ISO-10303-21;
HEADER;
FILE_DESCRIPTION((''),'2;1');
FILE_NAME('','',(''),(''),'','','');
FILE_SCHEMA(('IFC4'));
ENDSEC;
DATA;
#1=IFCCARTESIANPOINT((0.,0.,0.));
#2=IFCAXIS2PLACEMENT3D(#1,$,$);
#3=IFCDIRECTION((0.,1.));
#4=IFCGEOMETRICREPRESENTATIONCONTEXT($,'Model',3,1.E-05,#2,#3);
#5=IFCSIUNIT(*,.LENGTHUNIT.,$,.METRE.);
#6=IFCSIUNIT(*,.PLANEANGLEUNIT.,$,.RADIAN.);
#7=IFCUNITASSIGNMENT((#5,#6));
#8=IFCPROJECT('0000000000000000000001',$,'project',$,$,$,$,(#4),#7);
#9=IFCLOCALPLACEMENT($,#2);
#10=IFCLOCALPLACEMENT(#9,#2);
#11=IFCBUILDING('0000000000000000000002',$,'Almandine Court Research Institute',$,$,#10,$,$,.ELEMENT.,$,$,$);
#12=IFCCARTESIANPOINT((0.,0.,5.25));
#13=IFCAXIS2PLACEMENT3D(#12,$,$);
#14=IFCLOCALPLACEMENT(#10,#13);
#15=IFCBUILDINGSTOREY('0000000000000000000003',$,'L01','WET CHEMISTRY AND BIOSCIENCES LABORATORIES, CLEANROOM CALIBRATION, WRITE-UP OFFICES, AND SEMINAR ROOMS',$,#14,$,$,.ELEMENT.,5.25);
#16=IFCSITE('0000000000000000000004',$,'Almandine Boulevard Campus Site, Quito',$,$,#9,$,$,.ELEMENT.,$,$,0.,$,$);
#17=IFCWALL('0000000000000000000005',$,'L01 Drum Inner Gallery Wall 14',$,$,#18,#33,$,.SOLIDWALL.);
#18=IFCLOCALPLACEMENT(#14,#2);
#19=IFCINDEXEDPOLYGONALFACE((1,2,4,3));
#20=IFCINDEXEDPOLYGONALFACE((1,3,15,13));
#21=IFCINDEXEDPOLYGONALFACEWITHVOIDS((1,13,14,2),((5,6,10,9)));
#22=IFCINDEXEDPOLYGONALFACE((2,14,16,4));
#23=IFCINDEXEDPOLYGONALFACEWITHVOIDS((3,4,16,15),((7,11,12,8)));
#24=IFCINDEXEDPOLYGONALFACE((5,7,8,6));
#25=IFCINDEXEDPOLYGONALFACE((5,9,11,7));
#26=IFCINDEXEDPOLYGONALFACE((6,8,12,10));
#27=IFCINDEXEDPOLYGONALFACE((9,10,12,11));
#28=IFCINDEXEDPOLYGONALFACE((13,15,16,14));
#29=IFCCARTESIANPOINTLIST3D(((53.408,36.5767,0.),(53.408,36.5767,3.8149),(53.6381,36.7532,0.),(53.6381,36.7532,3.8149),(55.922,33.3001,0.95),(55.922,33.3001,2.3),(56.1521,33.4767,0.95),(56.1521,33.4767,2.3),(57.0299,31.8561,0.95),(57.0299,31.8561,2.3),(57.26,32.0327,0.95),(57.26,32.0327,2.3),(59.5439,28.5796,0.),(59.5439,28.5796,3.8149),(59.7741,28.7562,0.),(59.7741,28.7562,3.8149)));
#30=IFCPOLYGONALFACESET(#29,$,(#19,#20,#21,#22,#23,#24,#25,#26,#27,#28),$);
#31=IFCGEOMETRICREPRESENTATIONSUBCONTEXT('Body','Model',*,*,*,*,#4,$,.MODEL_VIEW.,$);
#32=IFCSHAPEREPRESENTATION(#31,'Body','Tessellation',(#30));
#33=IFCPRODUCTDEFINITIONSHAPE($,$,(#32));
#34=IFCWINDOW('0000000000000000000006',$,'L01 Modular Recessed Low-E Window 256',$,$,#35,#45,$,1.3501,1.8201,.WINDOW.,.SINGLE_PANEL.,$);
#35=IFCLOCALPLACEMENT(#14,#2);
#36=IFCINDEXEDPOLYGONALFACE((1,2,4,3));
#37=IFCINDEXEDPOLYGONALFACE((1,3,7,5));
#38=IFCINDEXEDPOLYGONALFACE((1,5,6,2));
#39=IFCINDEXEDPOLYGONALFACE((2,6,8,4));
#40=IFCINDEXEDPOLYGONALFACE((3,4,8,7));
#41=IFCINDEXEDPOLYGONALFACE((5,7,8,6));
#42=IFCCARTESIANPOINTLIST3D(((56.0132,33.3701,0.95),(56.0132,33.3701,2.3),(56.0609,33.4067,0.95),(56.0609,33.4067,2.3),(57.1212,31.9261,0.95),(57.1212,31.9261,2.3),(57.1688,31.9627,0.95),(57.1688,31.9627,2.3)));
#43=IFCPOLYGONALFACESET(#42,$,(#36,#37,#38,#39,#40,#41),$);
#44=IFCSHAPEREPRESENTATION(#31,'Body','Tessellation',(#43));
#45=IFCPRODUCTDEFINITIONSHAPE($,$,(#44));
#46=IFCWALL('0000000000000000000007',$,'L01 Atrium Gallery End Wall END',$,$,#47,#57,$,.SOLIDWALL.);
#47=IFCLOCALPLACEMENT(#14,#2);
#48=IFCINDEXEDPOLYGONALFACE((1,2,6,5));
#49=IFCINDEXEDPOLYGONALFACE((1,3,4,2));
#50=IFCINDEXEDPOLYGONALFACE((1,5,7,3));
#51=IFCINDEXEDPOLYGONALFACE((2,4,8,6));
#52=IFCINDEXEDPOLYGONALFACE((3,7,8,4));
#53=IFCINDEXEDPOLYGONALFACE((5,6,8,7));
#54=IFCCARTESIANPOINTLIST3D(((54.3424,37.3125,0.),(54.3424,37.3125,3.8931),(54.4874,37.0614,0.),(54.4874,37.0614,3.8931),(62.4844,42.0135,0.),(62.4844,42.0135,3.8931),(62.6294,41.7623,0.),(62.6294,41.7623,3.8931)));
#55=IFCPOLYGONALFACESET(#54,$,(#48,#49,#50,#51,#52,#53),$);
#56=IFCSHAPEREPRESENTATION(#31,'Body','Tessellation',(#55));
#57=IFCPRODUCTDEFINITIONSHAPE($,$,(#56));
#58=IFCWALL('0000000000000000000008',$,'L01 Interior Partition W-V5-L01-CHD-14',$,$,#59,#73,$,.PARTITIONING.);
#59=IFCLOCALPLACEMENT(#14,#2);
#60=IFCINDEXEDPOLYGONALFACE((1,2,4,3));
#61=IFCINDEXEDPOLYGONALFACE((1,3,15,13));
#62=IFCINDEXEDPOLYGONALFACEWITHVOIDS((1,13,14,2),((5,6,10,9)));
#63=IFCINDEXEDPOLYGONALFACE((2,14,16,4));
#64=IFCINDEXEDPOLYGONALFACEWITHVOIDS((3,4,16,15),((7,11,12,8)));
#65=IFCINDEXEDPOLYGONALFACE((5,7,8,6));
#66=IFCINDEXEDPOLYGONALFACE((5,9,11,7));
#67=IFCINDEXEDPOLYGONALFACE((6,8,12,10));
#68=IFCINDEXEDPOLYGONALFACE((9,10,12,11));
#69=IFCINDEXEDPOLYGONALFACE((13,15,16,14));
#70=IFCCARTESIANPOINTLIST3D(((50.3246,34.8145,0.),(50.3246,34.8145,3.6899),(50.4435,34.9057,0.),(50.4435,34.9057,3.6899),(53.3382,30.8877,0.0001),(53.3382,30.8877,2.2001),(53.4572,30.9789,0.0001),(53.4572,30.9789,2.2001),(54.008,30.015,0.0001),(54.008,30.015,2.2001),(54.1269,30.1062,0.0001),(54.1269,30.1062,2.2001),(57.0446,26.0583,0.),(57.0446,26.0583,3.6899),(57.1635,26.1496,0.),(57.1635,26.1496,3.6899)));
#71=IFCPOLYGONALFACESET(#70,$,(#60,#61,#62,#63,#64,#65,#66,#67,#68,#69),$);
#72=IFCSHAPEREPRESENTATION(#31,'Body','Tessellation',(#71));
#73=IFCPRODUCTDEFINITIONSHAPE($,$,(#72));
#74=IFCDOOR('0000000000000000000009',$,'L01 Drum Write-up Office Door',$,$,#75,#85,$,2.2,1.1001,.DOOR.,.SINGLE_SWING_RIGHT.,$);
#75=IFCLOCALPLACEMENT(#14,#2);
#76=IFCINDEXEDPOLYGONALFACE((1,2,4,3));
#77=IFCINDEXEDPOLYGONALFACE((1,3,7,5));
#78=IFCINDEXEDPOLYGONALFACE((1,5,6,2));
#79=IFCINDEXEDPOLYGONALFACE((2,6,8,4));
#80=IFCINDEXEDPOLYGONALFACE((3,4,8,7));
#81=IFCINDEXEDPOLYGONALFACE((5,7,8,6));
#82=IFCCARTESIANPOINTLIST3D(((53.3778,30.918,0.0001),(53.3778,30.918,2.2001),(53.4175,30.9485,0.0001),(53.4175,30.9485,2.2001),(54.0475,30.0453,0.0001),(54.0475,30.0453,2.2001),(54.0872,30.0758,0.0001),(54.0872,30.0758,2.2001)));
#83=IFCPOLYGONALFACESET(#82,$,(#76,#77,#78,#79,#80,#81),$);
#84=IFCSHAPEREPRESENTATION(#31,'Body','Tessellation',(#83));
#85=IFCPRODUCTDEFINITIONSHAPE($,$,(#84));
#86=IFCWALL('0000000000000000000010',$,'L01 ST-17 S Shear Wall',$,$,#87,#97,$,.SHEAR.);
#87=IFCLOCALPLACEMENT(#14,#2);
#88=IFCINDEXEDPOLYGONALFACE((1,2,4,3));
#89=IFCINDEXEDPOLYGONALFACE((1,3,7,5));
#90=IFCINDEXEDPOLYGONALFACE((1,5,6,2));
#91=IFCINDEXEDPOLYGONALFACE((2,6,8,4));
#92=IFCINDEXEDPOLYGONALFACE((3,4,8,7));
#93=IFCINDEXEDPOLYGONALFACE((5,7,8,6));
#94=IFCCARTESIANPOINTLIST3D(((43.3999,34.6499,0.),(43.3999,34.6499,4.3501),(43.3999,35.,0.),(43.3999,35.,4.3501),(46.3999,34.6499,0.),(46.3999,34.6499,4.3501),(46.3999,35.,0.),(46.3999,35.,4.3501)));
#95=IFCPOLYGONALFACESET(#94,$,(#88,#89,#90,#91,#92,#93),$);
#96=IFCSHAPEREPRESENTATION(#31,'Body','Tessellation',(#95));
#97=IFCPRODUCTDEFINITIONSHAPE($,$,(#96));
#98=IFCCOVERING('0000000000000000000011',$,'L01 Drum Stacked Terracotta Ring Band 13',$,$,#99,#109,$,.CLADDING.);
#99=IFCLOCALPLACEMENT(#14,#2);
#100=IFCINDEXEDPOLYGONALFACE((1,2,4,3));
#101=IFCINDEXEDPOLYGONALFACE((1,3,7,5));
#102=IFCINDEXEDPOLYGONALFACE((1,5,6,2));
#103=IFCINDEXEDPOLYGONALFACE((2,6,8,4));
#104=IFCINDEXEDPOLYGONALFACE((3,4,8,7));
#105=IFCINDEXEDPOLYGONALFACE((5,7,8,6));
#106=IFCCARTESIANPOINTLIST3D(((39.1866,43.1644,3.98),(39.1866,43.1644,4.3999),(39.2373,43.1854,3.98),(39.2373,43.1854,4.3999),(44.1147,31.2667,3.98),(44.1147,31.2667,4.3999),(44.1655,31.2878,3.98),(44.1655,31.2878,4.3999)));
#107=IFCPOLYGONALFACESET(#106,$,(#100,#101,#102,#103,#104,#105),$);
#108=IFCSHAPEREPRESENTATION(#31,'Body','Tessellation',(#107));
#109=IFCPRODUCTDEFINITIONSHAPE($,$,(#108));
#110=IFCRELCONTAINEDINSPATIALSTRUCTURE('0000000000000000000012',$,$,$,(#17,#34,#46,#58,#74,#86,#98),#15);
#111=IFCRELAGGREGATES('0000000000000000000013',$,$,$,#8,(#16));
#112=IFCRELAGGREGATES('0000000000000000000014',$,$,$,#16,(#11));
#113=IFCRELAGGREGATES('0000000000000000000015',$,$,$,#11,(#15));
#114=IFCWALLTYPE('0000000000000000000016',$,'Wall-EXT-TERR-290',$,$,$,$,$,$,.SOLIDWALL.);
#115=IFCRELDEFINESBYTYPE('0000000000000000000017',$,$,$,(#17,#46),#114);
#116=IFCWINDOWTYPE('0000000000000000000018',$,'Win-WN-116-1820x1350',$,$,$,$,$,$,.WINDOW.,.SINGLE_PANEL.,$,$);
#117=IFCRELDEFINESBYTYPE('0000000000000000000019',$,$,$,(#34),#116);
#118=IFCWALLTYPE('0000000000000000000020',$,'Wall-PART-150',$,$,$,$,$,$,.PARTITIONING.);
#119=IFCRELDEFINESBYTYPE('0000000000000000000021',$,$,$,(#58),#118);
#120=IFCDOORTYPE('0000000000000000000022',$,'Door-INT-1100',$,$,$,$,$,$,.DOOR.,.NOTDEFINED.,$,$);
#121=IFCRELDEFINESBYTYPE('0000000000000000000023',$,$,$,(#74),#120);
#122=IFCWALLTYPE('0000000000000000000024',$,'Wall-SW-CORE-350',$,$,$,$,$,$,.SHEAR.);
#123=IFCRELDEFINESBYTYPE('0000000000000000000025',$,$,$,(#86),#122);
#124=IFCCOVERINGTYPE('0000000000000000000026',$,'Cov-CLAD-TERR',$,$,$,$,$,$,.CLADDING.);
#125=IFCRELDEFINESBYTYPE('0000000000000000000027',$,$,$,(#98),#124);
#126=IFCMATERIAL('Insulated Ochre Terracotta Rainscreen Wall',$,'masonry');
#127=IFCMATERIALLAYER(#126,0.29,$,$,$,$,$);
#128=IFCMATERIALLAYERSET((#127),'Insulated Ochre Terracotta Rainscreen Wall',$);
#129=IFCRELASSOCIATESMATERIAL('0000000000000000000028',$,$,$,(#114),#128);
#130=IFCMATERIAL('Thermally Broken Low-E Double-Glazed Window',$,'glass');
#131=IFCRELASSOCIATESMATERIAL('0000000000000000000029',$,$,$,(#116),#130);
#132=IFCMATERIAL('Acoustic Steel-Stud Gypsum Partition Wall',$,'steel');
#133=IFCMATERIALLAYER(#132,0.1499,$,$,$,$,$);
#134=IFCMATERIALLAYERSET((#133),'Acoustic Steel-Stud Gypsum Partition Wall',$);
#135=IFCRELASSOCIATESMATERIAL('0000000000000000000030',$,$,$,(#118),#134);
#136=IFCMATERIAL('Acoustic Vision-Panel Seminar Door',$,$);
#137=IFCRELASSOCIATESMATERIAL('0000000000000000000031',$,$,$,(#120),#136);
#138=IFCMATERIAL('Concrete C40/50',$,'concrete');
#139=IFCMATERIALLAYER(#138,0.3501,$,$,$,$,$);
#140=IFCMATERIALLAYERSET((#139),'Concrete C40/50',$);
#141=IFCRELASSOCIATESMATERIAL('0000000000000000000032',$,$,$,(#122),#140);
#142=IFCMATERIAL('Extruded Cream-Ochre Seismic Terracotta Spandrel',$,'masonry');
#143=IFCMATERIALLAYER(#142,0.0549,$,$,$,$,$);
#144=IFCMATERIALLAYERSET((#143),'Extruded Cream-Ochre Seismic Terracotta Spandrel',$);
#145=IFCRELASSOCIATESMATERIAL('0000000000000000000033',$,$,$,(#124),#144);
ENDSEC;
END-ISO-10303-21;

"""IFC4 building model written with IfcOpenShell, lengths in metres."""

from ifc_helpers import new_model, si_unit, direction, frame, frame_2d, origin, origin_2d, place, context, subcontext, project, spatial, rectangle, extrude, material, layer, layer_set, type_object, element, fill, save


model = new_model("IFC4")

# Units and contexts
model_context = context("Model", 3, precision=1e-05, world=origin(), true_north=direction((0.0, 1.0)))
body_context = subcontext(model_context, "Body", "Model", "MODEL_VIEW")
ifc_project = project(units=[si_unit("LENGTHUNIT", "METRE"), si_unit("PLANEANGLEUNIT", "RADIAN")], contexts=[model_context])

# Site, building, storey
site_placement = place(None, origin())
site = spatial("IfcSite", under=ifc_project, at=site_placement, Name="Almandine Boulevard Campus Site, Quito", CompositionType="ELEMENT", RefElevation=0.0)
building_placement = place(site_placement, origin())
building = spatial("IfcBuilding", under=site, at=building_placement, Name="Almandine Court Research Institute", CompositionType="ELEMENT")
storey_placement = place(building_placement, frame((0.0, 0.0, 5.25)))
storey = spatial("IfcBuildingStorey", under=building, at=storey_placement, Name="L01", Description="WET CHEMISTRY AND BIOSCIENCES LABORATORIES, CLEANROOM CALIBRATION, WRITE-UP OFFICES, AND SEMINAR ROOMS", CompositionType="ELEMENT", Elevation=5.25)

# Wall, opening, window
ifc_material_1 = material(Name="Insulated Ochre Terracotta Rainscreen Wall", Category="masonry")
ifc_layer_1 = layer(ifc_material_1, 0.29)
ifc_layer_set_1 = layer_set([ifc_layer_1], Name="Insulated Ochre Terracotta Rainscreen Wall")
wall_type_1 = type_object("IfcWallType", Name="Wall-EXT-TERR-290", PredefinedType="SOLIDWALL", material=ifc_layer_set_1)
wall_1_placement = place(storey_placement, frame((53.5229, 36.665, 0.0), z_axis=(0.0, 0.0, 1.0), x_axis=(0.608738, -0.793372, 0.0)))
wall_1 = element("IfcWall", 1, at=wall_1_placement, inside=storey, type_object=wall_type_1, Name="L01 Drum Inner Gallery Wall 14", PredefinedType="SOLIDWALL", context=body_context, shape_type="SweptSolid", body=[
    extrude(rectangle(XDim=10.0798, YDim=0.29, at=frame_2d((5.04, 0.0))), origin(), (0.0, 0.0, 1.0), 3.8149),
])
opening_1_placement = place(wall_1_placement, frame((4.1299, 0.0, 0.95)))
opening_1 = element("IfcOpeningElement", 2, at=opening_1_placement, cuts=wall_1, PredefinedType="OPENING", context=body_context, shape_type="SweptSolid", body=[
    extrude(rectangle(XDim=1.8201, YDim=1.3501, at=frame_2d((0.9102, 0.675))), frame((0.0, 0.155, 0.0), z_axis=(0.0, -1.0, 0.0), x_axis=(1.0, 0.0, 0.0)), (0.0, 0.0, 1.0), 0.3101),
])
ifc_material_2 = material(Name="Thermally Broken Low-E Double-Glazed Window", Category="glass")
window_type = type_object("IfcWindowType", Name="Win-WN-116-1820x1350", PartitioningType="SINGLE_PANEL", PredefinedType="WINDOW", material=ifc_material_2)
window_placement = place(opening_1_placement, origin())
window = element("IfcWindow", 3, at=window_placement, inside=storey, type_object=window_type, Name="L01 Modular Recessed Low-E Window 256", OverallHeight=1.3501, OverallWidth=1.8201, PartitioningType="SINGLE_PANEL", PredefinedType="WINDOW", context=body_context, shape_type="SweptSolid", body=[
    extrude(rectangle(XDim=1.8201, YDim=1.3501, at=frame_2d((0.9102, 0.675))), frame((0.0, 0.03, 0.0), z_axis=(0.0, -1.0, 0.0), x_axis=(1.0, 0.0, 0.0)), (0.0, 0.0, 1.0), 0.0601),
])
fill(opening_1, window)

# Wall
wall_2_placement = place(storey_placement, frame((54.415, 37.187, 0.0), z_axis=(0.0, 0.0, 1.0), x_axis=(0.866015, 0.500018, 0.0)))
element("IfcWall", 4, at=wall_2_placement, inside=storey, type_object=wall_type_1, Name="L01 Atrium Gallery End Wall END", PredefinedType="SOLIDWALL", context=body_context, shape_type="SweptSolid", body=[
    extrude(rectangle(XDim=9.4016, YDim=0.29, at=frame_2d((4.7007, 0.0))), origin(), (0.0, 0.0, 1.0), 3.8931),
])

# Wall, opening, door
ifc_material_3 = material(Name="Acoustic Steel-Stud Gypsum Partition Wall", Category="steel")
ifc_layer_2 = layer(ifc_material_3, 0.1499)
ifc_layer_set_2 = layer_set([ifc_layer_2], Name="Acoustic Steel-Stud Gypsum Partition Wall")
wall_type_2 = type_object("IfcWallType", Name="Wall-PART-150", PredefinedType="PARTITIONING", material=ifc_layer_set_2)
wall_3_placement = place(storey_placement, frame((50.384, 34.8601, 0.0), z_axis=(0.0, 0.0, 1.0), x_axis=(0.608828, -0.793302, 0.0)))
wall_3 = element("IfcWall", 5, at=wall_3_placement, inside=storey, type_object=wall_type_2, Name="L01 Interior Partition W-V5-L01-CHD-14", PredefinedType="PARTITIONING", context=body_context, shape_type="SweptSolid", body=[
    extrude(rectangle(XDim=11.0376, YDim=0.1499, at=frame_2d((5.5188, 0.0))), origin(), (0.0, 0.0, 1.0), 3.6899),
])
opening_2_placement = place(wall_3_placement, frame((4.95, 0.0, 0.0)))
opening_2 = element("IfcOpeningElement", 6, at=opening_2_placement, cuts=wall_3, PredefinedType="OPENING", context=body_context, shape_type="SweptSolid", body=[
    extrude(rectangle(XDim=1.1001, YDim=2.2, at=frame_2d((0.55, 1.1001))), frame((0.0, 0.085, 0.0), z_axis=(0.0, -1.0, 0.0), x_axis=(1.0, 0.0, 0.0)), (0.0, 0.0, 1.0), 0.1699),
])
ifc_material_4 = material(Name="Acoustic Vision-Panel Seminar Door")
door_type_1 = type_object("IfcDoorType", Name="Door-INT-1100", OperationType="NOTDEFINED", PredefinedType="DOOR", material=ifc_material_4)
door_1_placement = place(opening_2_placement, origin())
door_1 = element("IfcDoor", 7, at=door_1_placement, inside=storey, type_object=door_type_1, Name="L01 Drum Write-up Office Door", OperationType="SINGLE_SWING_RIGHT", OverallHeight=2.2, OverallWidth=1.1001, PredefinedType="DOOR", context=body_context, shape_type="SweptSolid", body=[
    extrude(rectangle(XDim=1.1001, YDim=2.2, at=frame_2d((0.55, 1.1001))), frame((0.0, 0.0249, 0.0), z_axis=(0.0, -1.0, 0.0), x_axis=(1.0, 0.0, 0.0)), (0.0, 0.0, 1.0), 0.05),
])
fill(opening_2, door_1)
ifc_material_5 = material(Name="Concrete C40/50", Category="concrete")
ifc_layer_3 = layer(ifc_material_5, 0.3501)
ifc_layer_set_3 = layer_set([ifc_layer_3], Name="Concrete C40/50")
wall_type_3 = type_object("IfcWallType", Name="Wall-SW-CORE-350", PredefinedType="SHEAR", material=ifc_layer_set_3)

# Wall
wall_4_placement = place(storey_placement, frame((46.3999, 34.825, 0.0), z_axis=(0.0, 0.0, 1.0), x_axis=(-1.0, 0.0, 0.0)))
element("IfcWall", 8, at=wall_4_placement, inside=storey, type_object=wall_type_3, Name="L01 ST-17 S Shear Wall", PredefinedType="SHEAR", context=body_context, shape_type="SweptSolid", body=[
    extrude(rectangle(XDim=3.0, YDim=0.3501, at=frame_2d((1.5, 0.0))), origin(), (0.0, 0.0, 1.0), 4.3501),
])

# Covering
ifc_material_6 = material(Name="Extruded Cream-Ochre Seismic Terracotta Spandrel", Category="masonry")
ifc_layer_4 = layer(ifc_material_6, 0.0549)
ifc_layer_set_4 = layer_set([ifc_layer_4], Name="Extruded Cream-Ochre Seismic Terracotta Spandrel")
covering_type = type_object("IfcCoveringType", Name="Cov-CLAD-TERR", PredefinedType="CLADDING", material=ifc_layer_set_4)
covering_placement = place(storey_placement, frame((41.676, 37.2261, 3.98), z_axis=(0.0, 0.0, 1.0), x_axis=(-0.382683, 0.92388, 0.0)))
element("IfcCovering", 9, at=covering_placement, inside=storey, type_object=covering_type, Name="L01 Drum Stacked Terracotta Ring Band 13", PredefinedType="CLADDING", context=body_context, shape_type="SweptSolid", body=[
    extrude(rectangle(XDim=12.8779, YDim=0.0549, at=origin_2d()), origin(), (0.0, 0.0, 1.0), 0.4199),
])

save(model, "model.ifc")
